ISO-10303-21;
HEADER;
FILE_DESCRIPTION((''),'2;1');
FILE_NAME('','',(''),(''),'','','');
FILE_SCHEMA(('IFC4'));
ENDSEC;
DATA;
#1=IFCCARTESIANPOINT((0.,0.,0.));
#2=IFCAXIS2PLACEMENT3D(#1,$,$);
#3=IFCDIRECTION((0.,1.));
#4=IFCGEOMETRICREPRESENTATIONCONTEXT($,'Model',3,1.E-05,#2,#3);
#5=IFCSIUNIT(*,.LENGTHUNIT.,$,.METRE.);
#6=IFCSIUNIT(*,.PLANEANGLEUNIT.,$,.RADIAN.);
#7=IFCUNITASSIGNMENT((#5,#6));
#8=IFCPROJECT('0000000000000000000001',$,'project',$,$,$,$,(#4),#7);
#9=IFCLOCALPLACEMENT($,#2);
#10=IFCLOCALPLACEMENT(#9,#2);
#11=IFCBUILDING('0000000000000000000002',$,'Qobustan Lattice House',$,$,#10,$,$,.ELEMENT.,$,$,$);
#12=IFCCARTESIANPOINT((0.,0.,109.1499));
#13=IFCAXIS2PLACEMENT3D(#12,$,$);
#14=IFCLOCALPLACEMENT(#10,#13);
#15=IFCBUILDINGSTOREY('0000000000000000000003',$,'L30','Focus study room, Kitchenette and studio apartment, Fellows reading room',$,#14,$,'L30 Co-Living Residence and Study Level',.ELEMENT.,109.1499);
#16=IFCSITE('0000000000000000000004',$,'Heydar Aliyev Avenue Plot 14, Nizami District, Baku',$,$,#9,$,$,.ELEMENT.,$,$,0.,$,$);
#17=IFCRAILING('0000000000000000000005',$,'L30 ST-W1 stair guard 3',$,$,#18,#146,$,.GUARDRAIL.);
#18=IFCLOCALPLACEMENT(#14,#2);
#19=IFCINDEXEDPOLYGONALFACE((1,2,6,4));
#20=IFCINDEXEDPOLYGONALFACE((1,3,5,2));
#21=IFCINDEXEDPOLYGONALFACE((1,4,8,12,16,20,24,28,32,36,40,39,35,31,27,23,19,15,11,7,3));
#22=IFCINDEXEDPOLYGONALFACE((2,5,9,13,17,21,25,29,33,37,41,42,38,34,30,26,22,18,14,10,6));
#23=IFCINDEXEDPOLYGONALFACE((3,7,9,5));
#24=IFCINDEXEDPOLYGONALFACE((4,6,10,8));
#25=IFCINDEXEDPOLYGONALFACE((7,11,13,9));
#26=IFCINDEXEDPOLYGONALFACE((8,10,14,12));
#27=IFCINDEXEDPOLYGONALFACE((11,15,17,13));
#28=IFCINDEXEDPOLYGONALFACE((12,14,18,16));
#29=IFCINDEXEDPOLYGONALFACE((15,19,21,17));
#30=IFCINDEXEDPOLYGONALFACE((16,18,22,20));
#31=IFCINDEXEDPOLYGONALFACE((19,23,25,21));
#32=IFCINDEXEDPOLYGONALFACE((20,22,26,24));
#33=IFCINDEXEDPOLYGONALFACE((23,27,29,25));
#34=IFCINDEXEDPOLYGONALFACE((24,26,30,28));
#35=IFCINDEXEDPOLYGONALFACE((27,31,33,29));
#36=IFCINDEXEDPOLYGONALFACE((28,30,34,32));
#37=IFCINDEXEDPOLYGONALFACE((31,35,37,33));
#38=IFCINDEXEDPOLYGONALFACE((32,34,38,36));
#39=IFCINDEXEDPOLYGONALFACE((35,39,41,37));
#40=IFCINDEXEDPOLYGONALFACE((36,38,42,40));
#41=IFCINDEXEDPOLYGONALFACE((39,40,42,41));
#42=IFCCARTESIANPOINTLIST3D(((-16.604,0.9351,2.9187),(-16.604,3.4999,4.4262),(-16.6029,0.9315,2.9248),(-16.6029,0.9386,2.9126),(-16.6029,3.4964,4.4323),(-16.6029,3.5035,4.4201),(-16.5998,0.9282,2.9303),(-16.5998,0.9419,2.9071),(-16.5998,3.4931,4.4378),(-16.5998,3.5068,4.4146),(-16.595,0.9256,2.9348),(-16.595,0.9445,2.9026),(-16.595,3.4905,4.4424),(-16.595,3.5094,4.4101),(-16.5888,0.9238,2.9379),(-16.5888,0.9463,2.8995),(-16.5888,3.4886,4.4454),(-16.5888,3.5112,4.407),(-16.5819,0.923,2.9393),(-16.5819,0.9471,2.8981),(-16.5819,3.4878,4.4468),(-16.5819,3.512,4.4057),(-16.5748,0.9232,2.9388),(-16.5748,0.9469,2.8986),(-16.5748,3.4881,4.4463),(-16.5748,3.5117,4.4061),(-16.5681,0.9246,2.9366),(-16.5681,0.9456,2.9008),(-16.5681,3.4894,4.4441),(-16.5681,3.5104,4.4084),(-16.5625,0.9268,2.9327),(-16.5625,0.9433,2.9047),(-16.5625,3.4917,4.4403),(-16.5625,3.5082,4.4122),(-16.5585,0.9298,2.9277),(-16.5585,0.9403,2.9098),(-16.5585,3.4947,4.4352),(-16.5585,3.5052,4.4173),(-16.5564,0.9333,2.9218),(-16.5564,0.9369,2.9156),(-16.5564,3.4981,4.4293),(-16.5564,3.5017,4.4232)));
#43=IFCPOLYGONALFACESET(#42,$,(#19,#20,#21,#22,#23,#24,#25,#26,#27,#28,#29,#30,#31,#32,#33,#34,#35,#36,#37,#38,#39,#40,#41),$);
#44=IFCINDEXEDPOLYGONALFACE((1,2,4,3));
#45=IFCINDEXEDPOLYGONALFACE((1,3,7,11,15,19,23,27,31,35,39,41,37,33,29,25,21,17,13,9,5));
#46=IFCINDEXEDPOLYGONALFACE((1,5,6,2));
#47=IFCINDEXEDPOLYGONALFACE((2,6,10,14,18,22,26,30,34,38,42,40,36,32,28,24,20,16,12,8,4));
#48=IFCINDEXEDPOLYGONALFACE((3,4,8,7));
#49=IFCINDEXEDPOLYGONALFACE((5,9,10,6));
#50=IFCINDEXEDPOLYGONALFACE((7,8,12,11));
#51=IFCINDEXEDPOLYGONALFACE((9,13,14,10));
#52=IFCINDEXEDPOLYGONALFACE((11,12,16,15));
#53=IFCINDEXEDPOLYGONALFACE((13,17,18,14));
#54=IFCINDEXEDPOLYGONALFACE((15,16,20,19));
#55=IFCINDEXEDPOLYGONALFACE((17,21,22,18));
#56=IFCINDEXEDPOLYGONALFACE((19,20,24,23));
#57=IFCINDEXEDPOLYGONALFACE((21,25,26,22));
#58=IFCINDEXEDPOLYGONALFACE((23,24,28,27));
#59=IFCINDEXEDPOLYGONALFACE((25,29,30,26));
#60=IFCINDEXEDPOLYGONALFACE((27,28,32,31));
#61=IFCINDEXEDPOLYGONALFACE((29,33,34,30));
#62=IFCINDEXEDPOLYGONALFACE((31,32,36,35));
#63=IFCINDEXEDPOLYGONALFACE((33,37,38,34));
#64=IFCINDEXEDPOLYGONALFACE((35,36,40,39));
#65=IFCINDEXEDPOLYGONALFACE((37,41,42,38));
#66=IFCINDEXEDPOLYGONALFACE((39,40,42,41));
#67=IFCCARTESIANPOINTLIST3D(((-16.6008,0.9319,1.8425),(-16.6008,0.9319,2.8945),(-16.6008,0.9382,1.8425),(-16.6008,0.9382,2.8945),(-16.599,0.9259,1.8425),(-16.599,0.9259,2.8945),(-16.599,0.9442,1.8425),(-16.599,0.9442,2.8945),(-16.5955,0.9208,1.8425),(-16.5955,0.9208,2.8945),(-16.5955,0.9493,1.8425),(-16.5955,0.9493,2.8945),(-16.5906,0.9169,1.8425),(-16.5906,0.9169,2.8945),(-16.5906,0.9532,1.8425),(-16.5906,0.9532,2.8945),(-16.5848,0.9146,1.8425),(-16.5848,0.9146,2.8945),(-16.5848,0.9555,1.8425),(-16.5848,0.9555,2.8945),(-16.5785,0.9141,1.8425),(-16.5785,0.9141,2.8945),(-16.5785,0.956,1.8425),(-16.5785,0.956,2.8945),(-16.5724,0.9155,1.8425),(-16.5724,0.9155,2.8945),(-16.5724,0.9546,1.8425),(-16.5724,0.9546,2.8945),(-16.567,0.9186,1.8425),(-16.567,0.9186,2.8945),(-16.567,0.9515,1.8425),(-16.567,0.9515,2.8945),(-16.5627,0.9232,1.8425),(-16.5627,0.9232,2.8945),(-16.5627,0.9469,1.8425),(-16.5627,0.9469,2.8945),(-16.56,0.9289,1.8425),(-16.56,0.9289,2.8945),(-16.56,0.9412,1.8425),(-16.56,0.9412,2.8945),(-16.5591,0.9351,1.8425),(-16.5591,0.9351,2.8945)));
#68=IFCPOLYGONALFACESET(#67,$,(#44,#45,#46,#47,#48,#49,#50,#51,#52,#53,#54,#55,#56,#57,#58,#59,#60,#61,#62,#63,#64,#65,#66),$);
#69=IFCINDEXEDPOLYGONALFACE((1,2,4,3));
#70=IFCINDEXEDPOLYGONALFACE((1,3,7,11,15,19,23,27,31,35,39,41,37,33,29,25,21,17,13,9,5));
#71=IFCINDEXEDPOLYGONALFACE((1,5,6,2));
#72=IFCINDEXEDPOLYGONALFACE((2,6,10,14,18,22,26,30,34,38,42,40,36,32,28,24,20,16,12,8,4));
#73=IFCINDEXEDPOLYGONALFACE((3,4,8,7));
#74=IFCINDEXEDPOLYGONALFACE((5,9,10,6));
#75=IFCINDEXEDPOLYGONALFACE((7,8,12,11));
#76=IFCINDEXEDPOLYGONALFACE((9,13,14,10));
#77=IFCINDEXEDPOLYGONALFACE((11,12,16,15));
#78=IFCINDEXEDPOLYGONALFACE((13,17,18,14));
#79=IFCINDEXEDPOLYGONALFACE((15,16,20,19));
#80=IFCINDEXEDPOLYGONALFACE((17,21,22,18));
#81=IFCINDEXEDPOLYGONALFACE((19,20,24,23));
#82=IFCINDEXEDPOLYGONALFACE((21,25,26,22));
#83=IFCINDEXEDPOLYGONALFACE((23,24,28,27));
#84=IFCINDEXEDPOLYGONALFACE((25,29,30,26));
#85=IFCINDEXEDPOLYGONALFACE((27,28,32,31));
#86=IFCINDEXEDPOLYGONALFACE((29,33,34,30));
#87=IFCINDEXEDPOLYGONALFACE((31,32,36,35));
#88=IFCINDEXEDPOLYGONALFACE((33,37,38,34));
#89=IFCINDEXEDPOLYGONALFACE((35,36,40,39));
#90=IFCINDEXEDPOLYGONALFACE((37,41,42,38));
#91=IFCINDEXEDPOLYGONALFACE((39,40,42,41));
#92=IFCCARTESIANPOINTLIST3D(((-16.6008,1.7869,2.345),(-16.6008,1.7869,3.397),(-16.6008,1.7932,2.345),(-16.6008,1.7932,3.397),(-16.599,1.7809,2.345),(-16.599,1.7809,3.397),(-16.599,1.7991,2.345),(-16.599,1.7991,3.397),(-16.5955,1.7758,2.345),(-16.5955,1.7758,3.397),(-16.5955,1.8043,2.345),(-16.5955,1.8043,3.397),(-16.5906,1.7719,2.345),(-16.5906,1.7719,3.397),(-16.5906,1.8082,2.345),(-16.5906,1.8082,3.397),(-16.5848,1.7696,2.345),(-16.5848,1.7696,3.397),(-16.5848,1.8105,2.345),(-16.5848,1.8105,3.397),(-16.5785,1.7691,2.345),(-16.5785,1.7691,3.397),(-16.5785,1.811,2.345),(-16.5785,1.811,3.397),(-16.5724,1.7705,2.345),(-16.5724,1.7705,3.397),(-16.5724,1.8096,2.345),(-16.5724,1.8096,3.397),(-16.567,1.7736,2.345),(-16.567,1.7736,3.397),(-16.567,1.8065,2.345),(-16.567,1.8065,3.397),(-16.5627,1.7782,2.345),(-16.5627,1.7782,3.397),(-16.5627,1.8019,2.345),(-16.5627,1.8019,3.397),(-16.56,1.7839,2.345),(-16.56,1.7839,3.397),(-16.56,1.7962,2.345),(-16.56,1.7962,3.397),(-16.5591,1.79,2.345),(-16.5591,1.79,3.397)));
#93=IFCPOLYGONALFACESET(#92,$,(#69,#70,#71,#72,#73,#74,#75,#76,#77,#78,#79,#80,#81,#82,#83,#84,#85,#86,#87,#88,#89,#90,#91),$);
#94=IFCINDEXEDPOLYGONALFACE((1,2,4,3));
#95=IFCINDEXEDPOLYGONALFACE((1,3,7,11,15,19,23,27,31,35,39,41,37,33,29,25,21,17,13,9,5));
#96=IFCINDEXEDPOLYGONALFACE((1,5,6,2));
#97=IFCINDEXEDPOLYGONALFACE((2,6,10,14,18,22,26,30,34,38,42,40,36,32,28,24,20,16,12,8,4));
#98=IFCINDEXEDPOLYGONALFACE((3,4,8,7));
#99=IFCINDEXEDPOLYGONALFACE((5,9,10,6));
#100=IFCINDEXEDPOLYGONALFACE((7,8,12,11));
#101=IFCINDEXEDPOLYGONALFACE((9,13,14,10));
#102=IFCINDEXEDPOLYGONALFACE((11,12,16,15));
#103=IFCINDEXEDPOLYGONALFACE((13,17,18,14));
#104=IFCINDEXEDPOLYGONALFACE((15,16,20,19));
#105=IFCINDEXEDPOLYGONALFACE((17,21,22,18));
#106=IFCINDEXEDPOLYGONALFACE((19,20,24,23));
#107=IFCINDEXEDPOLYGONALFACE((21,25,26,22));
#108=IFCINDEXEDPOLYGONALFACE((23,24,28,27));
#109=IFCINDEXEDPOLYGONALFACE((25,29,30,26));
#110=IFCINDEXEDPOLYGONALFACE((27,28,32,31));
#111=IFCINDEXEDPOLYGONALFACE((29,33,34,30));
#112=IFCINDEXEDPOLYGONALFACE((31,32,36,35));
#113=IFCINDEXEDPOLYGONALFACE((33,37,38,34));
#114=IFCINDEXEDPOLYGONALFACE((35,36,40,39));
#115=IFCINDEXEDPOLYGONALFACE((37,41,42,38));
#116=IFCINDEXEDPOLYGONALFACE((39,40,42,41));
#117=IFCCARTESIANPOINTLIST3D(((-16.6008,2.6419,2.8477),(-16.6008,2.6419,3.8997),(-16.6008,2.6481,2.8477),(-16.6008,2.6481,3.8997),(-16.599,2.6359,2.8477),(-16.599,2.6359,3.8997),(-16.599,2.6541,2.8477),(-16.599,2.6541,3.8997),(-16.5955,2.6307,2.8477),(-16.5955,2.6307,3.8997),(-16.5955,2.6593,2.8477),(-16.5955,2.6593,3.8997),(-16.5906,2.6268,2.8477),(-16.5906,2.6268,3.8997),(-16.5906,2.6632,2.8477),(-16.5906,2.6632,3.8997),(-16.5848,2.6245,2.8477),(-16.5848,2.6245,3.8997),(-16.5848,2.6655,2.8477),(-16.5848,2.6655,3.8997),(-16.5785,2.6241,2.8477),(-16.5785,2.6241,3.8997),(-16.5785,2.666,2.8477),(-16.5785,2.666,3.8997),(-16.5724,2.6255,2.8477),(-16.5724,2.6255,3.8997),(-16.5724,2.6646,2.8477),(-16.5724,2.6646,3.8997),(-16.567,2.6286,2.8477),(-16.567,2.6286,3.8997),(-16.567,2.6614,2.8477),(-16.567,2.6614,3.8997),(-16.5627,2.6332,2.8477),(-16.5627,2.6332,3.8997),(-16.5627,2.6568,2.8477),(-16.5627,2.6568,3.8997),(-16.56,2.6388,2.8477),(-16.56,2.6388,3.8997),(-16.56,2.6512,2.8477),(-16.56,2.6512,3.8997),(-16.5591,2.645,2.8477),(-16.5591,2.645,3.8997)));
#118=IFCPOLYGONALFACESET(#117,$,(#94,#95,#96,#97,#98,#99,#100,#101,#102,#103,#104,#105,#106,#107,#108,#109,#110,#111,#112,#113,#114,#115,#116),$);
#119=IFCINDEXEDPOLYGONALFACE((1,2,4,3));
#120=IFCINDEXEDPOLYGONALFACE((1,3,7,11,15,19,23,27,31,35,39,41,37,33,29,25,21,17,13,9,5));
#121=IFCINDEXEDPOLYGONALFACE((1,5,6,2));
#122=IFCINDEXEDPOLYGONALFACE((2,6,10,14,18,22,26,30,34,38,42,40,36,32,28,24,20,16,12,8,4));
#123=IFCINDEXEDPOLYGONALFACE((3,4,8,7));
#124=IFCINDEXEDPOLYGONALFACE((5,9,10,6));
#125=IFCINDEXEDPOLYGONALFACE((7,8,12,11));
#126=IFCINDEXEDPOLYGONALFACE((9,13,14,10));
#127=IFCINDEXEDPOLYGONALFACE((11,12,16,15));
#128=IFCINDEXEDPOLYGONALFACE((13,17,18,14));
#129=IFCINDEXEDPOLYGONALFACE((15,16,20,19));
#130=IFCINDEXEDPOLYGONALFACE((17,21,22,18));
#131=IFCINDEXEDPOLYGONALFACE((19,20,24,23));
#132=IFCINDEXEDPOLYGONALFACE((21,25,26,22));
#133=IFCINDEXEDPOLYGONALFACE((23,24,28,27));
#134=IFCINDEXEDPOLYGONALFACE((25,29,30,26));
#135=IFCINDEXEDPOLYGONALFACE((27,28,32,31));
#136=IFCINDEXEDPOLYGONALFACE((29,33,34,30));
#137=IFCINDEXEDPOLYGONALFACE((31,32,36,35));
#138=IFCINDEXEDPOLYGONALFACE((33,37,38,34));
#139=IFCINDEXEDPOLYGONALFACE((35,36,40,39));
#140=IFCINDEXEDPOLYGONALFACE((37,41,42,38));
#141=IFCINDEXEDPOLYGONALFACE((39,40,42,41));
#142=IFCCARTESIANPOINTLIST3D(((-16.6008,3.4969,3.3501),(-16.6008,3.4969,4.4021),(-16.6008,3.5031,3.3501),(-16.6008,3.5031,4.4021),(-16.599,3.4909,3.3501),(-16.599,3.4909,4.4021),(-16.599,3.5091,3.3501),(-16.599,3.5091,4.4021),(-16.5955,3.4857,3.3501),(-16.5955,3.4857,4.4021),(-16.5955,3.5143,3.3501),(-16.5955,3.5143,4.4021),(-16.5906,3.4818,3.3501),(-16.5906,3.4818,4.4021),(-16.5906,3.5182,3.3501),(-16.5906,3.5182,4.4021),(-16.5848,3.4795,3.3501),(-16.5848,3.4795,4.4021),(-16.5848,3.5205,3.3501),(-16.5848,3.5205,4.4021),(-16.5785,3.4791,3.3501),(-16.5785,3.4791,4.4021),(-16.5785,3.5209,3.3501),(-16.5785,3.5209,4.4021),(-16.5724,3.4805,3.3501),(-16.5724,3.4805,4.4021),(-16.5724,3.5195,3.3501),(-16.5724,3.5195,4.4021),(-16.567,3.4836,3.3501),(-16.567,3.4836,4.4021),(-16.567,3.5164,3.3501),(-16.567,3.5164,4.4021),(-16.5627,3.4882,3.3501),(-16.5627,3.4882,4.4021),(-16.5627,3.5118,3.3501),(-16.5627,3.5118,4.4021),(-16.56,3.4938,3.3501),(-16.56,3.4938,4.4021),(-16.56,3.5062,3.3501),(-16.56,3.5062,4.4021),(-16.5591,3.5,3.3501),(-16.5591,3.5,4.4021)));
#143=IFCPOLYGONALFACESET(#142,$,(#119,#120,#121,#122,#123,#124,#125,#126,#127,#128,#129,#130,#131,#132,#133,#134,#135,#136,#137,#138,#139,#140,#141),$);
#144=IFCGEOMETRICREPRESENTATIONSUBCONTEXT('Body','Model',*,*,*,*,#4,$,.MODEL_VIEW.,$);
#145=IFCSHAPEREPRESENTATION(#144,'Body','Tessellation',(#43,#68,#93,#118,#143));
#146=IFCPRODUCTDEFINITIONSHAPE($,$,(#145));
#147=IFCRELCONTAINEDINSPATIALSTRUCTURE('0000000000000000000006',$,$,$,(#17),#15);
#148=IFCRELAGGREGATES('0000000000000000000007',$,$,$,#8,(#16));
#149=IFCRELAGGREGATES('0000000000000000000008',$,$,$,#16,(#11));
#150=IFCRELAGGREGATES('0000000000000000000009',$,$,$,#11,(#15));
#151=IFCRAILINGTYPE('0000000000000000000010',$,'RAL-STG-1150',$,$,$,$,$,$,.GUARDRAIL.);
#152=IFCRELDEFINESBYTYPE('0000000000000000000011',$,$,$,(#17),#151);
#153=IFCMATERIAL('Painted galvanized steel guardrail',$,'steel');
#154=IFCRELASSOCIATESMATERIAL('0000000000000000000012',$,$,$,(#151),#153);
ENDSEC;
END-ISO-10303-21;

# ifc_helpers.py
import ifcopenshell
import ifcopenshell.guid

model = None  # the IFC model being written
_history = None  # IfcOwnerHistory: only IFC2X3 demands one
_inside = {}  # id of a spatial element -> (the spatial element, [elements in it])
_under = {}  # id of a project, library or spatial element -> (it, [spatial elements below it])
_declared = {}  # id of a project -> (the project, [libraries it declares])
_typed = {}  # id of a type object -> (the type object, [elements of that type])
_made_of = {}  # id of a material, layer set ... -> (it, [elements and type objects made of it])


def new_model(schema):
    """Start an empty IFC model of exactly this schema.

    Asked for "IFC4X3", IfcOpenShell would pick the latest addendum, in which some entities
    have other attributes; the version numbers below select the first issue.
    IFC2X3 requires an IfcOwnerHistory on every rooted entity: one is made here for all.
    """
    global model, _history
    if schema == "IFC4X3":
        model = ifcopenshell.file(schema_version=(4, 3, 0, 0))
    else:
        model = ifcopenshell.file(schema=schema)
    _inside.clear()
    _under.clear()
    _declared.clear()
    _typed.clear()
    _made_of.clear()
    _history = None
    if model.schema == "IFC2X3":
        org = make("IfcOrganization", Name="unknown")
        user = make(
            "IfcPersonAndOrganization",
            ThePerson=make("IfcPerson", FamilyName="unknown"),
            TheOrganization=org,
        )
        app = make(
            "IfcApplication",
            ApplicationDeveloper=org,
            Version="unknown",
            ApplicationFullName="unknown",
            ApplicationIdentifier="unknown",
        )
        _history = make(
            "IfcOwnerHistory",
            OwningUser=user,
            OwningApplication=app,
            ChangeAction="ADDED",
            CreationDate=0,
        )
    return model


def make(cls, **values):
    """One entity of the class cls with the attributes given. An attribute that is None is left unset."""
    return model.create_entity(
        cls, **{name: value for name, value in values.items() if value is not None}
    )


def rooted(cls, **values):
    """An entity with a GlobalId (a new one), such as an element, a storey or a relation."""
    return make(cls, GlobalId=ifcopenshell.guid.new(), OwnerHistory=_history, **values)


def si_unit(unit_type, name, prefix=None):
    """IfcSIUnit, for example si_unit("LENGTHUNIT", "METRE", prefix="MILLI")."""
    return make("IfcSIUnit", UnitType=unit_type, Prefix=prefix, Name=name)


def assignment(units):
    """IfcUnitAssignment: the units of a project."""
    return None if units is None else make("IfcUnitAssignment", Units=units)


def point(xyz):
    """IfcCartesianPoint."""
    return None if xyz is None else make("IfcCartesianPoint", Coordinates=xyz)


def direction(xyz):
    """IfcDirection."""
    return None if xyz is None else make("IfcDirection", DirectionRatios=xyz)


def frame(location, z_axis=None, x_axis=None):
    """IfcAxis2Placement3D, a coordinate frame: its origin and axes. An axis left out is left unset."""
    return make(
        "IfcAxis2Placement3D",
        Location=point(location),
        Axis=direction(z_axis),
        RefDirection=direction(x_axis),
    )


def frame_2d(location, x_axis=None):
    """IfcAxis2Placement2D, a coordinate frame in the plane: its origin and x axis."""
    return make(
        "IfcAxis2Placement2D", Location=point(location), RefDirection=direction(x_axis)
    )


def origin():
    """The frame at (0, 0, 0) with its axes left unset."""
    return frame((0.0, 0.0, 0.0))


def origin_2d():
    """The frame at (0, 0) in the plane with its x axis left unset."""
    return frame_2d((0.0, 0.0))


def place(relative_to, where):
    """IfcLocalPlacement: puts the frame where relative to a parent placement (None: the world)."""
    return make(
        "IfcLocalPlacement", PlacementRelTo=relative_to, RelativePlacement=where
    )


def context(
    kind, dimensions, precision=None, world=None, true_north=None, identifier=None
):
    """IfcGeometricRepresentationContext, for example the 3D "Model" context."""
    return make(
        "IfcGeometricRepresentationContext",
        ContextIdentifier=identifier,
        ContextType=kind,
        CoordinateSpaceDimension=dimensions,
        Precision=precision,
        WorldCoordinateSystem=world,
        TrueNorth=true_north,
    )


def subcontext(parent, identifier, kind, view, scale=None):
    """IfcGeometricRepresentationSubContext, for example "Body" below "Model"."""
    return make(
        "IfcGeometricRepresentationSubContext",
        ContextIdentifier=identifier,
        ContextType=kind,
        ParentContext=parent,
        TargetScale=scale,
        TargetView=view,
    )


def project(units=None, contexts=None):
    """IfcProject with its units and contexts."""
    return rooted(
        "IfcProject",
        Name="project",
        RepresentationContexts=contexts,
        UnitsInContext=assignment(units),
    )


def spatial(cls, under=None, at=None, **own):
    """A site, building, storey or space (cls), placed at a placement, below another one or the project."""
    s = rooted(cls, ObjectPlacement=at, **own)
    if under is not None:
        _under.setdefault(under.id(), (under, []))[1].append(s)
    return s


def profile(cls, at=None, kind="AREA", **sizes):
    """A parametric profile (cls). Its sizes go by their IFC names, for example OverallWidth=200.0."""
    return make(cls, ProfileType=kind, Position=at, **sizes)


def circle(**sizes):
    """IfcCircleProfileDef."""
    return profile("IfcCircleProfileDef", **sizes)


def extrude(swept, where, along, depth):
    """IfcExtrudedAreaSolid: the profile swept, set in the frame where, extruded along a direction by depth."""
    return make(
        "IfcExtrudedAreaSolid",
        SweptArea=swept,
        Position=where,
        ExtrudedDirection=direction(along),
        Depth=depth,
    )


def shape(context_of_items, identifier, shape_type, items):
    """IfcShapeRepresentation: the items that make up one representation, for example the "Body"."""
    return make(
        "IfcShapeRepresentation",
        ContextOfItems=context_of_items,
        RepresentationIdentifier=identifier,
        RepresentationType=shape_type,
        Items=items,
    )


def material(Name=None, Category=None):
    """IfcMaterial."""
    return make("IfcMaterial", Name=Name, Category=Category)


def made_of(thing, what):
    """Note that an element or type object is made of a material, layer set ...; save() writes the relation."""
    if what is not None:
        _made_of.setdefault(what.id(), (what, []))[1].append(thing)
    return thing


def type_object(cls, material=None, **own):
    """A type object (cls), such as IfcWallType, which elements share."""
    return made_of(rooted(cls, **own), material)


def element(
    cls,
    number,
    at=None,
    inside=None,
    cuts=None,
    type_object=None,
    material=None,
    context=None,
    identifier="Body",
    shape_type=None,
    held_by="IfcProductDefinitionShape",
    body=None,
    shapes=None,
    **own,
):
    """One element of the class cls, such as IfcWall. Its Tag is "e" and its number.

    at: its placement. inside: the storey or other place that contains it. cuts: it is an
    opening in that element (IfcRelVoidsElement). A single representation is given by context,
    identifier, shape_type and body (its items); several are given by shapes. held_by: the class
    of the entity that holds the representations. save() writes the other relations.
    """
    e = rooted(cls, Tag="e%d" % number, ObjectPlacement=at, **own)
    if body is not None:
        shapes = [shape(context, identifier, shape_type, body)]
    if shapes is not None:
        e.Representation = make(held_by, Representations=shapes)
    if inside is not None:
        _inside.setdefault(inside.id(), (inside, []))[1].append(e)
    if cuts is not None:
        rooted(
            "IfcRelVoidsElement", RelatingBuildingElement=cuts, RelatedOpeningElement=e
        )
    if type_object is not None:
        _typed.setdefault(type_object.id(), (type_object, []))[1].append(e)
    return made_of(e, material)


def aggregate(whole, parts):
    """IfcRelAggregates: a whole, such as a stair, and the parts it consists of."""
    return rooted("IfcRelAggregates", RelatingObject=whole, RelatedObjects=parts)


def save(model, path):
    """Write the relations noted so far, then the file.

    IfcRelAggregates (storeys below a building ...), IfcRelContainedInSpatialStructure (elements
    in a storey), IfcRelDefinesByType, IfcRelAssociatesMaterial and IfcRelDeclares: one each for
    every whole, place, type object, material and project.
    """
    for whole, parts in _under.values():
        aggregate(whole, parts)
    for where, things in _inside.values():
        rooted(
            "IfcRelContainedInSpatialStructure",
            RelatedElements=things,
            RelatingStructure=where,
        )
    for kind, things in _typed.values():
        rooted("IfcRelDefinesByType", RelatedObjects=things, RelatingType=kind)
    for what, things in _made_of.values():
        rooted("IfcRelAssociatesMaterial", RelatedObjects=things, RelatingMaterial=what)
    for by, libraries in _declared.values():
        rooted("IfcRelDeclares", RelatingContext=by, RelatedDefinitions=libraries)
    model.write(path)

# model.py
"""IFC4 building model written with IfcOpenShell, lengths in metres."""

from ifc_helpers import new_model, si_unit, direction, frame, origin, origin_2d, place, context, subcontext, project, spatial, circle, extrude, material, type_object, element, save


model = new_model("IFC4")

# Units and contexts
model_context = context("Model", 3, precision=1e-05, world=origin(), true_north=direction((0.0, 1.0)))
body_context = subcontext(model_context, "Body", "Model", "MODEL_VIEW")
ifc_project = project(units=[si_unit("LENGTHUNIT", "METRE"), si_unit("PLANEANGLEUNIT", "RADIAN")], contexts=[model_context])

# Site, building, storey
site_placement = place(None, origin())
site = spatial("IfcSite", under=ifc_project, at=site_placement, Name="Heydar Aliyev Avenue Plot 14, Nizami District, Baku", CompositionType="ELEMENT", RefElevation=0.0)
building_placement = place(site_placement, origin())
building = spatial("IfcBuilding", under=site, at=building_placement, Name="Qobustan Lattice House", CompositionType="ELEMENT")
storey_placement = place(building_placement, frame((0.0, 0.0, 109.1499)))
storey = spatial("IfcBuildingStorey", under=building, at=storey_placement, Name="L30", Description="Focus study room, Kitchenette and studio apartment, Fellows reading room", LongName="L30 Co-Living Residence and Study Level", CompositionType="ELEMENT", Elevation=109.1499)

# Railing
ifc_material_1 = material(Name="Painted galvanized steel guardrail", Category="steel")
railing_type_1 = type_object("IfcRailingType", Name="RAL-STG-1150", PredefinedType="GUARDRAIL", material=ifc_material_1)
railing_1_placement = place(storey_placement, frame((-16.5801, 0.9351, 1.8425)))
element("IfcRailing", 1, at=railing_1_placement, inside=storey, type_object=railing_type_1, Name="L30 ST-W1 stair guard 3", PredefinedType="GUARDRAIL", context=body_context, shape_type="SweptSolid", body=[
    extrude(circle(Radius=0.0239, at=origin_2d()), frame((0.0, 0.0, 1.0762), z_axis=(0.0, 0.862113, 0.506715), x_axis=(-1.0, 0.0, 0.0)), (0.0, 0.0, 1.0), 2.9751),
    extrude(circle(Radius=0.021, at=origin_2d()), origin(), (0.0, 0.0, 1.0), 1.052),
    extrude(circle(Radius=0.021, at=origin_2d()), frame((0.0, 0.855, 0.5024)), (0.0, 0.0, 1.0), 1.052),
    extrude(circle(Radius=0.021, at=origin_2d()), frame((0.0, 1.71, 1.0051)), (0.0, 0.0, 1.0), 1.052),
    extrude(circle(Radius=0.021, at=origin_2d()), frame((0.0, 2.5649, 1.5076)), (0.0, 0.0, 1.0), 1.052),
])

save(model, "model.ifc")
